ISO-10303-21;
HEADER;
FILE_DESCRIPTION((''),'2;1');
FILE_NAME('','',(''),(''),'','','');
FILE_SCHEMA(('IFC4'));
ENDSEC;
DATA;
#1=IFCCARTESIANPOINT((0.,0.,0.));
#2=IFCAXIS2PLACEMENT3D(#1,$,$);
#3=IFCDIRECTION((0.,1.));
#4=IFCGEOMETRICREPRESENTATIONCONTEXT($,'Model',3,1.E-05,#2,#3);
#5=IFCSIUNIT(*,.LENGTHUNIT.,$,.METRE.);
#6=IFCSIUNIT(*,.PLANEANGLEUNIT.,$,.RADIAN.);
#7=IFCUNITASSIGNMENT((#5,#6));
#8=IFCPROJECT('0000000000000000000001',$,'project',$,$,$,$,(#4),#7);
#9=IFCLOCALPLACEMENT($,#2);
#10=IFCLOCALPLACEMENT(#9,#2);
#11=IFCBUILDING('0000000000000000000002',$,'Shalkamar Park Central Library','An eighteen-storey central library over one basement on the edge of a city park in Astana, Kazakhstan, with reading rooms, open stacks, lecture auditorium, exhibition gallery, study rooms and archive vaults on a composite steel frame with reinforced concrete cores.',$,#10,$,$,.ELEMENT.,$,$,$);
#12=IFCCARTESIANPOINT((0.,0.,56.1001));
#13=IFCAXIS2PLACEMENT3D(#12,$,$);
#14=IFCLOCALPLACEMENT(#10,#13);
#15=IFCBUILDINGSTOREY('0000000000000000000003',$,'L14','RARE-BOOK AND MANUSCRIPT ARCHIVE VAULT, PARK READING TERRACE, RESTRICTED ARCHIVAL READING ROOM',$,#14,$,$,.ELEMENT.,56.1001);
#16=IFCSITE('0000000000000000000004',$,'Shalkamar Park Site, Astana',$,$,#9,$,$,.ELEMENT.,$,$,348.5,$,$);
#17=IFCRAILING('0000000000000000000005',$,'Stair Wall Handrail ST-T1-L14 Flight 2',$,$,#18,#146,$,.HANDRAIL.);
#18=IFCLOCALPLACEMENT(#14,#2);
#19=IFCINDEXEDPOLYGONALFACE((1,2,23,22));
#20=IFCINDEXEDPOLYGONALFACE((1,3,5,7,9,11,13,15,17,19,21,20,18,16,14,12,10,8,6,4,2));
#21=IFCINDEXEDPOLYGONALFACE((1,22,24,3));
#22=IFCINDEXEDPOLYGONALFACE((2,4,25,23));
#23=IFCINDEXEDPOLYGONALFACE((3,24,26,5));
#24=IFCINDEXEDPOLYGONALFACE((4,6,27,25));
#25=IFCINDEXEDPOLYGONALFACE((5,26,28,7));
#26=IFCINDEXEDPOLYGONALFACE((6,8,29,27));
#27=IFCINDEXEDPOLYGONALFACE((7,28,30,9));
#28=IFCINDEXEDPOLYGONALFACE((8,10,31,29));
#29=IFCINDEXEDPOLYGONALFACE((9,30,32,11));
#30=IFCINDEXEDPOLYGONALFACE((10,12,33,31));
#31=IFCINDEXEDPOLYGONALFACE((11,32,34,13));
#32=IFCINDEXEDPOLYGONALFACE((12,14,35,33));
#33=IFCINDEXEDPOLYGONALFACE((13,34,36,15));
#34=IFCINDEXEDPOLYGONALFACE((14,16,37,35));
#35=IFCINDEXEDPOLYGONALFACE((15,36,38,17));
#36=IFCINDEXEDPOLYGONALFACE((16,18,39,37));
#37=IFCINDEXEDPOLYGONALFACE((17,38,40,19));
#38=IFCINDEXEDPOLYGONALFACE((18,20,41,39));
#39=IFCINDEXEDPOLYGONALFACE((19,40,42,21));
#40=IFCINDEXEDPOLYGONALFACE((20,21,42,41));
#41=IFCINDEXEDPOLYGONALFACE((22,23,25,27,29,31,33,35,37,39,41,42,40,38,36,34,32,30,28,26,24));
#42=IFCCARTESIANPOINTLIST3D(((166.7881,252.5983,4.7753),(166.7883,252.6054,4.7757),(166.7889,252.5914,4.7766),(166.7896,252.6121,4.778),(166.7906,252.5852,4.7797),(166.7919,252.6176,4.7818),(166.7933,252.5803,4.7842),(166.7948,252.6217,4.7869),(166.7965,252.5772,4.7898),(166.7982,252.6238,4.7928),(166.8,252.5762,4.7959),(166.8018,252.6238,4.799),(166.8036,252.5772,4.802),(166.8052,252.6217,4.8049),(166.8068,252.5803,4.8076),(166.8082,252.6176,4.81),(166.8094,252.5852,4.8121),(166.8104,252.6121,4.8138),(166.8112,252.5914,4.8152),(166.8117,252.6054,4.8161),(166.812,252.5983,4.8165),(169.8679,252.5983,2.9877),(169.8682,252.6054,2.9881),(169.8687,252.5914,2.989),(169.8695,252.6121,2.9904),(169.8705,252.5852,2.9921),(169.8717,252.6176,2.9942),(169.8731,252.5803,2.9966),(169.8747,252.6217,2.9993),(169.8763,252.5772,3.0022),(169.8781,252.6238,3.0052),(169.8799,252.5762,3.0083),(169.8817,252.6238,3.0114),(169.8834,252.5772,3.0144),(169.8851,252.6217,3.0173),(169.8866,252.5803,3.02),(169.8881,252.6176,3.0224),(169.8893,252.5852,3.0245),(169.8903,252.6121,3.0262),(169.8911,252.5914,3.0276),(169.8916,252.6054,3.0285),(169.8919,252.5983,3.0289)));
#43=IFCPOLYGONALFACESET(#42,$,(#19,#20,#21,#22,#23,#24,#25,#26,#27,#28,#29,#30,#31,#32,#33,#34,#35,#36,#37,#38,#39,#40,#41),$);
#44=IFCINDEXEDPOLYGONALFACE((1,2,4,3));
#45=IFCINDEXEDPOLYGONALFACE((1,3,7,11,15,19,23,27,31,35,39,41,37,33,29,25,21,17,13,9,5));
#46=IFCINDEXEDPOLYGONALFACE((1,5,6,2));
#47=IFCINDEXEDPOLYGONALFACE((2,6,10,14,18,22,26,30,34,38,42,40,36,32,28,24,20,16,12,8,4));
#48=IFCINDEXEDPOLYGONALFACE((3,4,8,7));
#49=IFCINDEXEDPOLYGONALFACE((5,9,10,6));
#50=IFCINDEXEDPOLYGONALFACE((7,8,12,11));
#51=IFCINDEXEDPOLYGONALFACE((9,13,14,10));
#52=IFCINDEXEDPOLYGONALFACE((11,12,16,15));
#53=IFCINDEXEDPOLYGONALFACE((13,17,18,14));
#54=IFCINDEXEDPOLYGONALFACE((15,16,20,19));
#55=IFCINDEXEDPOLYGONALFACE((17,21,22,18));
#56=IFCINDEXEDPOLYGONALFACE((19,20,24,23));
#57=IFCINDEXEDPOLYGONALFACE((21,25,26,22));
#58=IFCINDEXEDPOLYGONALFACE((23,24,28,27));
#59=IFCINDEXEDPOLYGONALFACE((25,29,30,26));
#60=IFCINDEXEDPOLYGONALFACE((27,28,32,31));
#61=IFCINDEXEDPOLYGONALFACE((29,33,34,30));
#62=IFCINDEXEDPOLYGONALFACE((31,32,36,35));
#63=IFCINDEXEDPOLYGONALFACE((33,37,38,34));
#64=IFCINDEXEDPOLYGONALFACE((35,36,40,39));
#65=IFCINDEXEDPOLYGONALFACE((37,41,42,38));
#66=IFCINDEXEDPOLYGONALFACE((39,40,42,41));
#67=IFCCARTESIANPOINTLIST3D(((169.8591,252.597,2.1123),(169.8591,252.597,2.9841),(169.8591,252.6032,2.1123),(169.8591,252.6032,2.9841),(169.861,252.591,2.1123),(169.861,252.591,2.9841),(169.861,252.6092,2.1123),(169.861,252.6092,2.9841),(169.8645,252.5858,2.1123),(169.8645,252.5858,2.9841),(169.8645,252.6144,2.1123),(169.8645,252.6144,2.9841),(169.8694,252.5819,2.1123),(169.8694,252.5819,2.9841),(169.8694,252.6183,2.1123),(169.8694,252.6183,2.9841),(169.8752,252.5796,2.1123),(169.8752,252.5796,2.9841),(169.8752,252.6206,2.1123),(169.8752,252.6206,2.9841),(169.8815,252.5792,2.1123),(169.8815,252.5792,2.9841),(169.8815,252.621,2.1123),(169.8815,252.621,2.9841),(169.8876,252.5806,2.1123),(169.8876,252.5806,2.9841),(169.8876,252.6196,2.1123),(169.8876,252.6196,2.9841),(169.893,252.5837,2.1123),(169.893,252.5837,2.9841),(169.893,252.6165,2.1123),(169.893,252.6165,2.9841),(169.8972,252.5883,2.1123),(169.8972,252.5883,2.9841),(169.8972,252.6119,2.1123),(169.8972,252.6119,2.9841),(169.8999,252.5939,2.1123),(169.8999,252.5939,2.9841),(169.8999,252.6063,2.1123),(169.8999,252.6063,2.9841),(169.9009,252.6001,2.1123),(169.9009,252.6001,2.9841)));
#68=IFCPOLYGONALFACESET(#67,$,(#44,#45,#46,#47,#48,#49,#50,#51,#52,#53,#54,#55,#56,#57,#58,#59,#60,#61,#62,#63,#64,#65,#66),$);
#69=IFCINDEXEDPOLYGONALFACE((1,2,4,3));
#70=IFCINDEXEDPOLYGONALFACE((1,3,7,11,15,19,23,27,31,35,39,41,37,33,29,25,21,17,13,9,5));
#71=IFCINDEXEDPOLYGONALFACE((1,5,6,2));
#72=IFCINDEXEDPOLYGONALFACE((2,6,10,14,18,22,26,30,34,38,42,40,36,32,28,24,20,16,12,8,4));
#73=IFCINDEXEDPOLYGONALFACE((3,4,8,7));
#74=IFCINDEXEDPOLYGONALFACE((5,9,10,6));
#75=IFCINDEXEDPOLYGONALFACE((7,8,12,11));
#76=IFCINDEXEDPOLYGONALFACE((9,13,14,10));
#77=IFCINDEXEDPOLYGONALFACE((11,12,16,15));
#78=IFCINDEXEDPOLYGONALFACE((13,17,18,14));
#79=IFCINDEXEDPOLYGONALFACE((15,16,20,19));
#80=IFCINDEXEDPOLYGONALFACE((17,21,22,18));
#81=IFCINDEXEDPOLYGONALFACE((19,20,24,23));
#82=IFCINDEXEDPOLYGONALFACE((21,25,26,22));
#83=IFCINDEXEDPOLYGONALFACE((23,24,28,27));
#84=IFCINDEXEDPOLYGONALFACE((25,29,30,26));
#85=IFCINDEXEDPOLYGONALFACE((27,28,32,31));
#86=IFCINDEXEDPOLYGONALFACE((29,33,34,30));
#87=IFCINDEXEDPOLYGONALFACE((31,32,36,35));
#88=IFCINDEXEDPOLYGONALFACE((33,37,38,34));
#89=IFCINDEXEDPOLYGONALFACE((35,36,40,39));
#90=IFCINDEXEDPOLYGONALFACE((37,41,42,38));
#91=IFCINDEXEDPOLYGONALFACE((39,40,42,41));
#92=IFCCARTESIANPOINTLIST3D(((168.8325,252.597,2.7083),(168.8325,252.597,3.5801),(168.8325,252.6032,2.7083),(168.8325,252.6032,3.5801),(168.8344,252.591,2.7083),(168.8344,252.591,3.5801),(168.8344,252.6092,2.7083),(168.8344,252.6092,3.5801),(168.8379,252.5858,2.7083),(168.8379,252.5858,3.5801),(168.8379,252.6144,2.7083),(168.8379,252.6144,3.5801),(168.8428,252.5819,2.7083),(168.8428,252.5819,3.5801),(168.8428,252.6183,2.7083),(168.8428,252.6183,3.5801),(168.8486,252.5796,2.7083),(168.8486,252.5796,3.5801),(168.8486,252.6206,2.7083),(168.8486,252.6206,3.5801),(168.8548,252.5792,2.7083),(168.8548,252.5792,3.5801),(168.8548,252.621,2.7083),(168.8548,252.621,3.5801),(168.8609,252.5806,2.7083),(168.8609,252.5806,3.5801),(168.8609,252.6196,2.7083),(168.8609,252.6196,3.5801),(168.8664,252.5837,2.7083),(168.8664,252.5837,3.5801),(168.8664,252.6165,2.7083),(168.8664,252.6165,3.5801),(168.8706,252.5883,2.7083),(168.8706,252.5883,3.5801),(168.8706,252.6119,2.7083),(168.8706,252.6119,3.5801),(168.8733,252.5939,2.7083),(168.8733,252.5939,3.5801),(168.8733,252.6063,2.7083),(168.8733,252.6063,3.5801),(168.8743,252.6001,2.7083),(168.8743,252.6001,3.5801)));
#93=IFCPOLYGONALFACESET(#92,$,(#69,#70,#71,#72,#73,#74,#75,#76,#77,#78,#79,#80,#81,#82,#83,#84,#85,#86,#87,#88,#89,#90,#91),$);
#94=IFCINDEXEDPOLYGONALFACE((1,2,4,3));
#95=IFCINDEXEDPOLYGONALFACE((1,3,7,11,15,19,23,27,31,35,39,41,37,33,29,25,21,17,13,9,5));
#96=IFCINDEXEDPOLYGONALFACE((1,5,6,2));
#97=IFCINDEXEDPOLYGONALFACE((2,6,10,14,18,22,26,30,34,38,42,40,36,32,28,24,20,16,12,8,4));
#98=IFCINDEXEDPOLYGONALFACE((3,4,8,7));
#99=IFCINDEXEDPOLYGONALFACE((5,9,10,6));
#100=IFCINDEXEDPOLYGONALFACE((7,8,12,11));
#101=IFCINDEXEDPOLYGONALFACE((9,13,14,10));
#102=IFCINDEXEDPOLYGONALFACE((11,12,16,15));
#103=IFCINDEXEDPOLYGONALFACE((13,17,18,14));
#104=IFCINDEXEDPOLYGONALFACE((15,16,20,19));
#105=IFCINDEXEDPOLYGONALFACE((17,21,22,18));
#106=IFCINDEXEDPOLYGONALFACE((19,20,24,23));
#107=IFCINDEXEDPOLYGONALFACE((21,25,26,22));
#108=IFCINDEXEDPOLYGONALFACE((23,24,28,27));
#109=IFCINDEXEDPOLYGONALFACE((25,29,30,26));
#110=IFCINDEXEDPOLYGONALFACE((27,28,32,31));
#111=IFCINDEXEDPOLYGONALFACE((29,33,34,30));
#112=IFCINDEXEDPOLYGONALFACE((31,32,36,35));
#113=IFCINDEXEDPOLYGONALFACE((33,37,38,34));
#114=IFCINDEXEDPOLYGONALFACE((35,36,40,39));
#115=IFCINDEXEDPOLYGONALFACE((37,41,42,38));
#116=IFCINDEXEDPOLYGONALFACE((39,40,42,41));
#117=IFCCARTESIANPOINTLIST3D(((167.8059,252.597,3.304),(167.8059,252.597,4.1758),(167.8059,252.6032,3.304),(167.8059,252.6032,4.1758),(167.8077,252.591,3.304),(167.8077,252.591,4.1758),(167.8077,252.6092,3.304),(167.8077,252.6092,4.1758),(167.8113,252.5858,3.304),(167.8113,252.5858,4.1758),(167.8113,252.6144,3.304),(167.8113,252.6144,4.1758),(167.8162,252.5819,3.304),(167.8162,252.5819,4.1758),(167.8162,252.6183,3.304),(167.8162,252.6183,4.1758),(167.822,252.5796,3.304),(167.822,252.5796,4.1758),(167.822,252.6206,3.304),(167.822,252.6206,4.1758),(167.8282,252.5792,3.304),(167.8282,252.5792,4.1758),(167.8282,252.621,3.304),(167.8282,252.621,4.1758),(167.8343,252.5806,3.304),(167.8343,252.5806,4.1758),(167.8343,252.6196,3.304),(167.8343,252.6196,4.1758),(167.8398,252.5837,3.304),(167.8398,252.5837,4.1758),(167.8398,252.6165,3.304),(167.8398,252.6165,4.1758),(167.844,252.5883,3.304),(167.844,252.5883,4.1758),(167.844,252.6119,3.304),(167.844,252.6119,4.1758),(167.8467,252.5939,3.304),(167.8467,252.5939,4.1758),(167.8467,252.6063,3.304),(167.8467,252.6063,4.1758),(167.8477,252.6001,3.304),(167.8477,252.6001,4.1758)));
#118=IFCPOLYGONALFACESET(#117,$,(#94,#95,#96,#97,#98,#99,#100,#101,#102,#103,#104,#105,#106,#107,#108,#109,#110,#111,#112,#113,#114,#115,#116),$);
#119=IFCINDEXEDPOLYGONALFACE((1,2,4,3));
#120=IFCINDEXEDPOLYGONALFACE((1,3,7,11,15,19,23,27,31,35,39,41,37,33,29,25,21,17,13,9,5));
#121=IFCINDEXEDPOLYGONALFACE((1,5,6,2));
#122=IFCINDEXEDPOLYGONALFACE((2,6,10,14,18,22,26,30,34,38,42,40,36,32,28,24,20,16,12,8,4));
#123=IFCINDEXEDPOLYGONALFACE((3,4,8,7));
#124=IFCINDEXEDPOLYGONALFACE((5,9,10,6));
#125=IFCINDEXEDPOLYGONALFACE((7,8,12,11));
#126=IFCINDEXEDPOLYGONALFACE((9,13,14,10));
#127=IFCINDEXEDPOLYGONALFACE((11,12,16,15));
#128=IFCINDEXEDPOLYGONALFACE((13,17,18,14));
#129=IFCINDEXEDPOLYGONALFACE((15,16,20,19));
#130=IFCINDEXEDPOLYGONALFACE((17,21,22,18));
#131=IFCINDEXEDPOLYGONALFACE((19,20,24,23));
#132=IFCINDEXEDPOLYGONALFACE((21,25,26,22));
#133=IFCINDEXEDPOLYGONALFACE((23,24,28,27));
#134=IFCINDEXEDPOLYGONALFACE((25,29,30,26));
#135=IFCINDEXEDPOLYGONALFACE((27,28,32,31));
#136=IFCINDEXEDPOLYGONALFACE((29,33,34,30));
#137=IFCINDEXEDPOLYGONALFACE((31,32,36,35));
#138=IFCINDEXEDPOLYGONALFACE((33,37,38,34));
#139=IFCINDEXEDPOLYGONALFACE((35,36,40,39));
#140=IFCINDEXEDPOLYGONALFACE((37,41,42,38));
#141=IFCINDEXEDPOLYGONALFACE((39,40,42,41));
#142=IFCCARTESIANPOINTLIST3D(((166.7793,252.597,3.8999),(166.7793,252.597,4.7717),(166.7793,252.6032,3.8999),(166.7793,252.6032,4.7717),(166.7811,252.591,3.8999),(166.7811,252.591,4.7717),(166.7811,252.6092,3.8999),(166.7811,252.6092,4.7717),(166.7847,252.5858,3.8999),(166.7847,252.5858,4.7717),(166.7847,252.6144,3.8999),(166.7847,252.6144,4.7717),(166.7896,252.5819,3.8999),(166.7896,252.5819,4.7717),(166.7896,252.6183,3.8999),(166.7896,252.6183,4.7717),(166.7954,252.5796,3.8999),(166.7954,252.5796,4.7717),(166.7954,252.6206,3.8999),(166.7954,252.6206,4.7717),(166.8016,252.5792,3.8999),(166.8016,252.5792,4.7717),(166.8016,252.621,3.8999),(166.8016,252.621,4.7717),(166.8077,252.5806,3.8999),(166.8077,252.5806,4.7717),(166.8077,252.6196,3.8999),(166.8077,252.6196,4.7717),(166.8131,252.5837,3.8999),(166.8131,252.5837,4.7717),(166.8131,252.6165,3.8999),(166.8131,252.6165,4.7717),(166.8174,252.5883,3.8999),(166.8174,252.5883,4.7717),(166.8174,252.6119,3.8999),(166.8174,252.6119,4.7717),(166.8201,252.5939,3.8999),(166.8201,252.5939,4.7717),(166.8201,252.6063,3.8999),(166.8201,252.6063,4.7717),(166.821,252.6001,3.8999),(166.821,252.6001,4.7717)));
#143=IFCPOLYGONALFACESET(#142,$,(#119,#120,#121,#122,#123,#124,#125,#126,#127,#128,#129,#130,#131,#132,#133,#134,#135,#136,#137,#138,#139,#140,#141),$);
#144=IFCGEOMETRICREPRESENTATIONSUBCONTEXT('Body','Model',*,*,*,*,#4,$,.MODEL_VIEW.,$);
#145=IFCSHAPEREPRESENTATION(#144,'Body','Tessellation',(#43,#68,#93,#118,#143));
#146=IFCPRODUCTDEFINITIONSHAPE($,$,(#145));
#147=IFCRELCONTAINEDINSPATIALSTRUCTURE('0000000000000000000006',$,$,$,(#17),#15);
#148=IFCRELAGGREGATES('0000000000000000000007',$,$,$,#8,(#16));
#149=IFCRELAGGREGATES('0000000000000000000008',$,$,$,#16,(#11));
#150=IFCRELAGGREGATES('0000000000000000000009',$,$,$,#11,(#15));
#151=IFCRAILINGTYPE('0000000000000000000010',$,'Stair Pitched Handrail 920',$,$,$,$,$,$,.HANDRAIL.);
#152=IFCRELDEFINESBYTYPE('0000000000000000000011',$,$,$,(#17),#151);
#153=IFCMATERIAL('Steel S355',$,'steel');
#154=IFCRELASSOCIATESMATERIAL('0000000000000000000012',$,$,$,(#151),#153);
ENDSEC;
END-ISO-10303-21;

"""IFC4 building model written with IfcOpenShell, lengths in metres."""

from ifc_helpers import new_model, si_unit, direction, frame, origin, origin_2d, place, context, subcontext, project, spatial, circle, extrude, material, type_object, element, save


model = new_model("IFC4")

# Units and contexts
model_context = context("Model", 3, precision=1e-05, world=origin(), true_north=direction((0.0, 1.0)))
body_context = subcontext(model_context, "Body", "Model", "MODEL_VIEW")
ifc_project = project(units=[si_unit("LENGTHUNIT", "METRE"), si_unit("PLANEANGLEUNIT", "RADIAN")], contexts=[model_context])

# Site, building, storey
site_placement = place(None, origin())
site = spatial("IfcSite", under=ifc_project, at=site_placement, Name="Shalkamar Park Site, Astana", CompositionType="ELEMENT", RefElevation=348.5)
building_placement = place(site_placement, origin())
building = spatial("IfcBuilding", under=site, at=building_placement, Name="Shalkamar Park Central Library", Description="An eighteen-storey central library over one basement on the edge of a city park in Astana, Kazakhstan, with reading rooms, open stacks, lecture auditorium, exhibition gallery, study rooms and archive vaults on a composite steel frame with reinforced concrete cores.", CompositionType="ELEMENT")
storey_placement = place(building_placement, frame((0.0, 0.0, 56.1001)))
storey = spatial("IfcBuildingStorey", under=building, at=storey_placement, Name="L14", Description="RARE-BOOK AND MANUSCRIPT ARCHIVE VAULT, PARK READING TERRACE, RESTRICTED ARCHIVAL READING ROOM", CompositionType="ELEMENT", Elevation=56.1001)

# Shared definitions
ifc_material_1 = material(Name="Steel S355", Category="steel")

# Railing
railing_type_1 = type_object("IfcRailingType", Name="Stair Pitched Handrail 920", PredefinedType="HANDRAIL", material=ifc_material_1)
railing_1_placement = place(storey_placement, frame((169.8799, 252.6001, 2.1123)))
element("IfcRailing", 1, at=railing_1_placement, inside=storey, type_object=railing_type_1, Name="Stair Wall Handrail ST-T1-L14 Flight 2", PredefinedType="HANDRAIL", context=body_context, shape_type="SweptSolid", body=[
    extrude(circle(Radius=0.0239, at=origin_2d()), frame((0.0, 0.0, 0.896), z_axis=(-0.864873, 0.0, 0.50199), x_axis=(0.0, -1.0, 0.0)), (0.0, 0.0, 1.0), 3.561),
    extrude(circle(Radius=0.021, at=origin_2d()), origin(), (0.0, 0.0, 1.0), 0.8718),
    extrude(circle(Radius=0.021, at=origin_2d()), frame((-1.0266, 0.0, 0.5959)), (0.0, 0.0, 1.0), 0.8718),
    extrude(circle(Radius=0.021, at=origin_2d()), frame((-2.0532, 0.0, 1.1917)), (0.0, 0.0, 1.0), 0.8718),
    extrude(circle(Radius=0.021, at=origin_2d()), frame((-3.0798, 0.0, 1.7876)), (0.0, 0.0, 1.0), 0.8718),
])

save(model, "model.ifc")
